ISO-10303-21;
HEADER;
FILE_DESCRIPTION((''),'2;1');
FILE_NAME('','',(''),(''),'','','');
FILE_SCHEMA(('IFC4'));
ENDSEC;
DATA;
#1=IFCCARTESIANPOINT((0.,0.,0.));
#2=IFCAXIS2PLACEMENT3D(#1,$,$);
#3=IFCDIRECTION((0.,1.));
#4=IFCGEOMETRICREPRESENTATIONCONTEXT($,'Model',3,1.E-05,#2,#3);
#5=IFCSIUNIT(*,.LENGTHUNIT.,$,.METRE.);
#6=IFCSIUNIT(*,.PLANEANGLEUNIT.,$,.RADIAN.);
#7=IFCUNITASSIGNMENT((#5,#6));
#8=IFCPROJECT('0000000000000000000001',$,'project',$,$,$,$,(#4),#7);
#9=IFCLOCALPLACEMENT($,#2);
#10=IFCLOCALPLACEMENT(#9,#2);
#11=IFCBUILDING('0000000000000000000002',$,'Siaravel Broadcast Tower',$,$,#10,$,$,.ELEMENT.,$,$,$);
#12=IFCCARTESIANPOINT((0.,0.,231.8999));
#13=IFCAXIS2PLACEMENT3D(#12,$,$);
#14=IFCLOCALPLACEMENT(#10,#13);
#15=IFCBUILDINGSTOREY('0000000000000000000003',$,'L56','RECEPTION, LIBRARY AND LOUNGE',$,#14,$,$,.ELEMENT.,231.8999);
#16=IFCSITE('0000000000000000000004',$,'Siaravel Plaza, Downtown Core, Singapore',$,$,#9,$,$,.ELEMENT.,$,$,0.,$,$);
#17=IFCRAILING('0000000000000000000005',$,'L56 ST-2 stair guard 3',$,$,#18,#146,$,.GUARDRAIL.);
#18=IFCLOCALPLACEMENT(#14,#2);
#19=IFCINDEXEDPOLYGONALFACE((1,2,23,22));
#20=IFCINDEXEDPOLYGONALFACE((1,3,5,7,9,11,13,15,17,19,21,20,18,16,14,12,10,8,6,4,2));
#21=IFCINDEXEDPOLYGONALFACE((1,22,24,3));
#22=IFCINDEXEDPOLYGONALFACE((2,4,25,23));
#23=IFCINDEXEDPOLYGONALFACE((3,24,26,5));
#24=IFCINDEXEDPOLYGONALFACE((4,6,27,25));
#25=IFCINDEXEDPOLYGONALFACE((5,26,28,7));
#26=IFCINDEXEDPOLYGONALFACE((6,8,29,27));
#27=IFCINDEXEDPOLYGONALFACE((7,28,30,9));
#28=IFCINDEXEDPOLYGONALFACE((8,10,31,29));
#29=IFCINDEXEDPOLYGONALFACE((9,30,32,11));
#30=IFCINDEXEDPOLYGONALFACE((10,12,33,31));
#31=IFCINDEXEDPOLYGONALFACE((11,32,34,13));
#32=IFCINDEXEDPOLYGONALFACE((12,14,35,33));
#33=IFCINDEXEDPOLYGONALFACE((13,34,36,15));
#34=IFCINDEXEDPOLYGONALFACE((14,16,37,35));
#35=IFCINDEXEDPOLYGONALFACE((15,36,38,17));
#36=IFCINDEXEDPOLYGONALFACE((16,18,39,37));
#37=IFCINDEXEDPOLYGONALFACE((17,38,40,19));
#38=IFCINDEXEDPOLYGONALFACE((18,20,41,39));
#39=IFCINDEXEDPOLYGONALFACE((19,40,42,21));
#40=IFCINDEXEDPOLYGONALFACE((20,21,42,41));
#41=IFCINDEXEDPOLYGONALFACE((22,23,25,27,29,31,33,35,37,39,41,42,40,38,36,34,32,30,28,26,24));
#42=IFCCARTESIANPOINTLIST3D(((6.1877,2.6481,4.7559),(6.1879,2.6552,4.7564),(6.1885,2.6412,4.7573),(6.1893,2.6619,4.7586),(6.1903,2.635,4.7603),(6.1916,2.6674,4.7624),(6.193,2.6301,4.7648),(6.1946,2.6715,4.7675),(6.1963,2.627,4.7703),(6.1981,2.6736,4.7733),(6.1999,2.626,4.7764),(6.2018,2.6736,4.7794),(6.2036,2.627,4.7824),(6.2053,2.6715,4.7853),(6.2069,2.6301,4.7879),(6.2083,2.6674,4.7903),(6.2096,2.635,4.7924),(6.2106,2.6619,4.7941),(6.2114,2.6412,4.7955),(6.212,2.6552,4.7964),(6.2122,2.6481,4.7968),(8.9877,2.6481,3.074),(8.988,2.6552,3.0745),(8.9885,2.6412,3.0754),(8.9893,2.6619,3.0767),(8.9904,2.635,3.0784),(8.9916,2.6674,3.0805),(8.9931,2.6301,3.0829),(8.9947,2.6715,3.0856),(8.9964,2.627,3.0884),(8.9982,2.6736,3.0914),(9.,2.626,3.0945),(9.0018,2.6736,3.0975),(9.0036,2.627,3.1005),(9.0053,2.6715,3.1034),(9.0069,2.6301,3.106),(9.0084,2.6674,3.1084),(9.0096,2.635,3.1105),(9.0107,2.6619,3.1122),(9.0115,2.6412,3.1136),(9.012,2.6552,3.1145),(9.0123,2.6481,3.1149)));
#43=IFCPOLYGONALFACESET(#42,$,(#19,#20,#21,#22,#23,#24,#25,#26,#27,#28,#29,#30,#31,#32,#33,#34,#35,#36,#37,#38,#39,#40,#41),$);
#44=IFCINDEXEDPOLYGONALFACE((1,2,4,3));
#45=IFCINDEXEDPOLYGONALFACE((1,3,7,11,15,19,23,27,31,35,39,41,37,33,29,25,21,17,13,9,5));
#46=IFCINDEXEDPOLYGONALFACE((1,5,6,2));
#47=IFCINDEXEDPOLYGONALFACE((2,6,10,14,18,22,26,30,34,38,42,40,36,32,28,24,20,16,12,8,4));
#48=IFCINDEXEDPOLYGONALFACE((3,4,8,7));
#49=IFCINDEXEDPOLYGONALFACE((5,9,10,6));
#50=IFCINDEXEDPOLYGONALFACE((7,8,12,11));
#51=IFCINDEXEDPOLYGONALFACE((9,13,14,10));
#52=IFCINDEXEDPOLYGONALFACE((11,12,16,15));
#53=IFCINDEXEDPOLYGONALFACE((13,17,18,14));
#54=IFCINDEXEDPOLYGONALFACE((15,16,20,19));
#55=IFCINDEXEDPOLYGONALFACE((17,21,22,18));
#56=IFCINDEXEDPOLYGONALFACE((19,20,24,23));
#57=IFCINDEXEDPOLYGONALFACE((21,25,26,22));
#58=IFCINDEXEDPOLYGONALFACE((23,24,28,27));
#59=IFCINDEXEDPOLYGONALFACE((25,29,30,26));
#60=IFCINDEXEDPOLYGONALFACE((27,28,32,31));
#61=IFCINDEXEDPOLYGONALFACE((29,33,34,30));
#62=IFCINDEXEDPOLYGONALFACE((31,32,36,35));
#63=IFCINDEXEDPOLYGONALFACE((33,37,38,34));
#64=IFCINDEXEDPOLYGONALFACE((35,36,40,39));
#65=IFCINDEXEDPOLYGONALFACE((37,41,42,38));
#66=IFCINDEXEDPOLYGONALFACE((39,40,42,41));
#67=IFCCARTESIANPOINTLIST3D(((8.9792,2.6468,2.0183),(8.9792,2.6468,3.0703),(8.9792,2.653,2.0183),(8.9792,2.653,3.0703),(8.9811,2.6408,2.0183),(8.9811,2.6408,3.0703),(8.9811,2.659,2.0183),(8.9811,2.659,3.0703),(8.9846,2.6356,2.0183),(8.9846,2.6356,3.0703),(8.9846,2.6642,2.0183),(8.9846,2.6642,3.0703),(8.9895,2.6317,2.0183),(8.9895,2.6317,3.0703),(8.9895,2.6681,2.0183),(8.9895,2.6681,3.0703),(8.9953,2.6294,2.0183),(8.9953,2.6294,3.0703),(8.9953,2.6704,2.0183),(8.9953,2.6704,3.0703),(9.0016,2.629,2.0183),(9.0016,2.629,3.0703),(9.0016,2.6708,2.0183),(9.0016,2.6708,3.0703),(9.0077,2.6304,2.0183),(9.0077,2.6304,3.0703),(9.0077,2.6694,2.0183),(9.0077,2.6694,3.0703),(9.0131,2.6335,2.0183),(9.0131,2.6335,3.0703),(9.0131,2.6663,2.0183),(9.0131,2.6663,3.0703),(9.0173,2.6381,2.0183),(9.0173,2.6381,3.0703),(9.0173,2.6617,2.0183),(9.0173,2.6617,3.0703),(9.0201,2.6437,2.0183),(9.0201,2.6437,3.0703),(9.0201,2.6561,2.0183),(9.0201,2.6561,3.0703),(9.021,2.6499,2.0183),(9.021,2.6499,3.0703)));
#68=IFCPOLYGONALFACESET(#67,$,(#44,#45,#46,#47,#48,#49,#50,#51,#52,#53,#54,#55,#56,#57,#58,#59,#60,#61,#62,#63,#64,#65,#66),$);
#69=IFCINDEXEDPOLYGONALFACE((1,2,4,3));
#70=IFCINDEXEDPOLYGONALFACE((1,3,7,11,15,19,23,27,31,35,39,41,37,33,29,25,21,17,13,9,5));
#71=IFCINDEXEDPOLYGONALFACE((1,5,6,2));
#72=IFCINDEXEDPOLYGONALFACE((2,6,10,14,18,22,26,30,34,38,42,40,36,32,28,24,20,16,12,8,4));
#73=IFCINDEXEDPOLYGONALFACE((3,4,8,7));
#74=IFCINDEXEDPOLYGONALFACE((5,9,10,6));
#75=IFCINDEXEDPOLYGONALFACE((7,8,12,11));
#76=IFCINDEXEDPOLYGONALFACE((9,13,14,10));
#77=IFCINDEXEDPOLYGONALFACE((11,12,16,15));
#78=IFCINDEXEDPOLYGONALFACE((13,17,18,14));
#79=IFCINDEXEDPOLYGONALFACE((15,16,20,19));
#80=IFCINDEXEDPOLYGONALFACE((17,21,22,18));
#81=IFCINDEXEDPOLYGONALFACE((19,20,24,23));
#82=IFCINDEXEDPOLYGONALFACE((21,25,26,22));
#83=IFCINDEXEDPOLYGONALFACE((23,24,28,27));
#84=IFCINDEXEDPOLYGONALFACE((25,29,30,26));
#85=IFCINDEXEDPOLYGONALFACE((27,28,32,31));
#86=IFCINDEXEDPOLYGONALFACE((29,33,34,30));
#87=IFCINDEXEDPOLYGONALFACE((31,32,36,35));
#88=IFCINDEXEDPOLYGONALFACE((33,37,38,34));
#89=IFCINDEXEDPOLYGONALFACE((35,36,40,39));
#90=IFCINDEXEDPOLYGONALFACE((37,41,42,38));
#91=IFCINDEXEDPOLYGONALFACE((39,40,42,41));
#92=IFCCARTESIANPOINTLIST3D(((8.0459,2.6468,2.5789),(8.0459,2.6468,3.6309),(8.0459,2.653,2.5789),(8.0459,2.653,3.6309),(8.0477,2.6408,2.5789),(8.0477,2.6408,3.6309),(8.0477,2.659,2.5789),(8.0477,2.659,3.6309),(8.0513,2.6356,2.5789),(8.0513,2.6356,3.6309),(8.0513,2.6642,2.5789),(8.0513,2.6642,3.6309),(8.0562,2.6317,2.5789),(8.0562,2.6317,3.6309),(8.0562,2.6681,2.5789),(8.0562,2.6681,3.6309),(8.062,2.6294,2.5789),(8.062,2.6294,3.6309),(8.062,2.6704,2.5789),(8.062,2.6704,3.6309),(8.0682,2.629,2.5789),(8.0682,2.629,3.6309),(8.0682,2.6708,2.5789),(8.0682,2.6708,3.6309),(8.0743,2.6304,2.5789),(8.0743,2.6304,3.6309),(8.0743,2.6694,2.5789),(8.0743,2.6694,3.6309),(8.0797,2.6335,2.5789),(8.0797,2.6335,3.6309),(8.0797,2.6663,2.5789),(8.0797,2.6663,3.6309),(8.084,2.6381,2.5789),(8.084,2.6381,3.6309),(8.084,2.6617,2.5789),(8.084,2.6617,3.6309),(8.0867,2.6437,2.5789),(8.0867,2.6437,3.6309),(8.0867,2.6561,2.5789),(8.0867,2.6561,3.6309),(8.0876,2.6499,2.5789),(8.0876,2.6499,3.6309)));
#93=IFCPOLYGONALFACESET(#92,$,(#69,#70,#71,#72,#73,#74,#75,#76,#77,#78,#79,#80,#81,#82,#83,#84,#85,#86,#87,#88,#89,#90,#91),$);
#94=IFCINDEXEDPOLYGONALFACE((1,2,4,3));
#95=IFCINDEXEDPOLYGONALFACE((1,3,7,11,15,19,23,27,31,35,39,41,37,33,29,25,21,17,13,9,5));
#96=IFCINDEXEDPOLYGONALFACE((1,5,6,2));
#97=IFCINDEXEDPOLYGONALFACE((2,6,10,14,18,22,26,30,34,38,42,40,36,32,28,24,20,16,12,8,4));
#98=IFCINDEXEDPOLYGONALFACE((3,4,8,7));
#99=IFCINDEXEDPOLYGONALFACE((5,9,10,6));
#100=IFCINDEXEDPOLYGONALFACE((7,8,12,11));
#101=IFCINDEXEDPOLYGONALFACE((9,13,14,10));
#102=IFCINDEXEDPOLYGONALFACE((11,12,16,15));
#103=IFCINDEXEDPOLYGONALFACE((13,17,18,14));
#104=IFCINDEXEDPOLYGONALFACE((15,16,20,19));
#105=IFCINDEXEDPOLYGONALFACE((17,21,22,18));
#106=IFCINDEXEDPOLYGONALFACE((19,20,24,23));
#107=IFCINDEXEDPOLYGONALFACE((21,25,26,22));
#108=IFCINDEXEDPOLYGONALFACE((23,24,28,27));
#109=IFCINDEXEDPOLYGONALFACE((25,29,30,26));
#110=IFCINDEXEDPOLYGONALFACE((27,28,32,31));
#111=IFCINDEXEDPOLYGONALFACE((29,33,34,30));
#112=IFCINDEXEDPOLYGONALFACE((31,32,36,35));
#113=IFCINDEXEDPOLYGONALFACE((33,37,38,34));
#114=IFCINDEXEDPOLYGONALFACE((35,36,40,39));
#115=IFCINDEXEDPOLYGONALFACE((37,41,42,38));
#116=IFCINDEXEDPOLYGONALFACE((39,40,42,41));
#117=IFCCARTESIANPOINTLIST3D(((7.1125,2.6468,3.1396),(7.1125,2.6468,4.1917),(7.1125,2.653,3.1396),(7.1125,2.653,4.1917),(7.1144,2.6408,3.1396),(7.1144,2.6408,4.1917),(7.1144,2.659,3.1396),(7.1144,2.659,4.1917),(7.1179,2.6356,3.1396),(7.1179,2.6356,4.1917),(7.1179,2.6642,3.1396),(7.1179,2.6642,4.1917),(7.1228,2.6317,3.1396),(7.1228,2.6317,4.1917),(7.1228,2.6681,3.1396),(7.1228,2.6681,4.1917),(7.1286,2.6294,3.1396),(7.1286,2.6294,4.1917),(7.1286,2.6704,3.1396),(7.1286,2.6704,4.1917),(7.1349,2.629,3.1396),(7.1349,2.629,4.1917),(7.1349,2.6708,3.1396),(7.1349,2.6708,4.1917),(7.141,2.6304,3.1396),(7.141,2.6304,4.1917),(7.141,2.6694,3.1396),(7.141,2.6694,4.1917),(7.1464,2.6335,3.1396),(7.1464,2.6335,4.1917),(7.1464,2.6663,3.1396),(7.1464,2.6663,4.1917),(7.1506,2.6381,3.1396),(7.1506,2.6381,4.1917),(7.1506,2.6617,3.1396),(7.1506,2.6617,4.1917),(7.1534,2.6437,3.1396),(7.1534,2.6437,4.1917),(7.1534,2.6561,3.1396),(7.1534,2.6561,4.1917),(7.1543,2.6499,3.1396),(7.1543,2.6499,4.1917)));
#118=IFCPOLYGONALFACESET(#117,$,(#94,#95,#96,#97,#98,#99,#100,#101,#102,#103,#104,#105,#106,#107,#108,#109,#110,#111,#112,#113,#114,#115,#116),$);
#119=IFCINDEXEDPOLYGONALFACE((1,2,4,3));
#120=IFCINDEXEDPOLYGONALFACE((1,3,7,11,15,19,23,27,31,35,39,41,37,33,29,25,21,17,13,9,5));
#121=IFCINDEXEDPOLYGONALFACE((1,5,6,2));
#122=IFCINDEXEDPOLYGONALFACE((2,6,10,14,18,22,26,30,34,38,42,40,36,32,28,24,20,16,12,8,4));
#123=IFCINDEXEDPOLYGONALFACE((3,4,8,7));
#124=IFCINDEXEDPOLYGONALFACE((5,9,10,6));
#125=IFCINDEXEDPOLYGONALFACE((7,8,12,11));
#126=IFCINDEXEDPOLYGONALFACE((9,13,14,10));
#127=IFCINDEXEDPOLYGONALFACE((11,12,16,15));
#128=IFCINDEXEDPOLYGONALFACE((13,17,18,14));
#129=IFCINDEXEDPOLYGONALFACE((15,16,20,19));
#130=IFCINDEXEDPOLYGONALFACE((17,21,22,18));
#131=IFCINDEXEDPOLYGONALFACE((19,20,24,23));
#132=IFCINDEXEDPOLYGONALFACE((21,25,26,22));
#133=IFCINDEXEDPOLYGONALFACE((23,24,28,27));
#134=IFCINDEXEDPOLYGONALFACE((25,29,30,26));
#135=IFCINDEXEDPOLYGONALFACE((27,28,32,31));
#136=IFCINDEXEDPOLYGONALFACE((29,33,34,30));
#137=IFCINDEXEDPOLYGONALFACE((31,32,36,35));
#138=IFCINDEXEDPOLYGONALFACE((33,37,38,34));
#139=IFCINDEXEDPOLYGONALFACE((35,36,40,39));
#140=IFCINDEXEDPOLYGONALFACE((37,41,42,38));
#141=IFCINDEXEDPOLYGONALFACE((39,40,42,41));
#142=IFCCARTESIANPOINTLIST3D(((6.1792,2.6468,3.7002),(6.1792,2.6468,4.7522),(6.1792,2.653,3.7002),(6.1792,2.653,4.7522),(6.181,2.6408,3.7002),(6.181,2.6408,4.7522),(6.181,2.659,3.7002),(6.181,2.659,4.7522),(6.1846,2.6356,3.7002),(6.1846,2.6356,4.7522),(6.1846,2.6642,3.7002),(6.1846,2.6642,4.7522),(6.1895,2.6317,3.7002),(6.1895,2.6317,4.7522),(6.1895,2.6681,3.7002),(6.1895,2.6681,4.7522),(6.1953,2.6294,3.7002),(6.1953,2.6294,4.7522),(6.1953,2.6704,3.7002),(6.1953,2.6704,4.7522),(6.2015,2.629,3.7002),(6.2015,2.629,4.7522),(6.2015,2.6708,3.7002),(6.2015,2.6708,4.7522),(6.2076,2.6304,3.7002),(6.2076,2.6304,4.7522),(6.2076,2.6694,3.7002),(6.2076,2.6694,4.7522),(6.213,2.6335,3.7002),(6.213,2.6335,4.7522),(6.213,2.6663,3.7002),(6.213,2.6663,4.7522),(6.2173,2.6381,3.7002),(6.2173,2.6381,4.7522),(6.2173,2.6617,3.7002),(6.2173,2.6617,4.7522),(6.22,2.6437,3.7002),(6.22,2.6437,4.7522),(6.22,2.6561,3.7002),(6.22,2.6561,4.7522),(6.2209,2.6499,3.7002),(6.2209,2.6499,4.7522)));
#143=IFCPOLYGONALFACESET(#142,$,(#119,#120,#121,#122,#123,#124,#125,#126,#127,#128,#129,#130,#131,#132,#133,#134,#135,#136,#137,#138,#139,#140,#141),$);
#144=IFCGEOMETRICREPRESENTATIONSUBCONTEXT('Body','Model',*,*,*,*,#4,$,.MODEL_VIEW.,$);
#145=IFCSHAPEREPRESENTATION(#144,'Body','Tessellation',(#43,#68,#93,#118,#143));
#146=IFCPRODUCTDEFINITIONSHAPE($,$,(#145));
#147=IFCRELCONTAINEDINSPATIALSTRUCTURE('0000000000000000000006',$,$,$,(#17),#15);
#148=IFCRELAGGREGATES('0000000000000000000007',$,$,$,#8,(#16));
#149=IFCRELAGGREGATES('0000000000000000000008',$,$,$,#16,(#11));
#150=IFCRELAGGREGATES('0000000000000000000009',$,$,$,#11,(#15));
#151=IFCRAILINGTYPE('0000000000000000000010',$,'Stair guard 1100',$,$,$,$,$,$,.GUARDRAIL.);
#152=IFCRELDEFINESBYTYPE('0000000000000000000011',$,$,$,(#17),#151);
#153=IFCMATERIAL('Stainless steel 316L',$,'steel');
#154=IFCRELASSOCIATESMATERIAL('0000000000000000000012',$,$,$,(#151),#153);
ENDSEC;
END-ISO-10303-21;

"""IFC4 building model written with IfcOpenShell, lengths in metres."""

from ifc_helpers import new_model, si_unit, direction, frame, origin, origin_2d, place, context, subcontext, project, spatial, circle, extrude, material, type_object, element, save


model = new_model("IFC4")

# Units and contexts
model_context = context("Model", 3, precision=1e-05, world=origin(), true_north=direction((0.0, 1.0)))
body_context = subcontext(model_context, "Body", "Model", "MODEL_VIEW")
ifc_project = project(units=[si_unit("LENGTHUNIT", "METRE"), si_unit("PLANEANGLEUNIT", "RADIAN")], contexts=[model_context])

# Site, building, storey
site_placement = place(None, origin())
site = spatial("IfcSite", under=ifc_project, at=site_placement, Name="Siaravel Plaza, Downtown Core, Singapore", CompositionType="ELEMENT", RefElevation=0.0)
building_placement = place(site_placement, origin())
building = spatial("IfcBuilding", under=site, at=building_placement, Name="Siaravel Broadcast Tower", CompositionType="ELEMENT")
storey_placement = place(building_placement, frame((0.0, 0.0, 231.8999)))
storey = spatial("IfcBuildingStorey", under=building, at=storey_placement, Name="L56", Description="RECEPTION, LIBRARY AND LOUNGE", CompositionType="ELEMENT", Elevation=231.8999)

# Railing
ifc_material_1 = material(Name="Stainless steel 316L", Category="steel")
railing_type_1 = type_object("IfcRailingType", Name="Stair guard 1100", PredefinedType="GUARDRAIL", material=ifc_material_1)
railing_1_placement = place(storey_placement, frame((9.0, 2.6499, 2.0183)))
element("IfcRailing", 1, at=railing_1_placement, inside=storey, type_object=railing_type_1, Name="L56 ST-2 stair guard 3", PredefinedType="GUARDRAIL", context=body_context, shape_type="SweptSolid", body=[
    extrude(circle(Radius=0.0239, at=origin_2d()), frame((0.0, 0.0, 1.0762), z_axis=(-0.857242, 0.0, 0.514913), x_axis=(0.0, -1.0, 0.0)), (0.0, 0.0, 1.0), 3.2664),
    extrude(circle(Radius=0.021, at=origin_2d()), origin(), (0.0, 0.0, 1.0), 1.052),
    extrude(circle(Radius=0.021, at=origin_2d()), frame((-0.9333, 0.0, 0.5605)), (0.0, 0.0, 1.0), 1.052),
    extrude(circle(Radius=0.021, at=origin_2d()), frame((-1.8667, 0.0, 1.1213)), (0.0, 0.0, 1.0), 1.052),
    extrude(circle(Radius=0.021, at=origin_2d()), frame((-2.8, 0.0, 1.6819)), (0.0, 0.0, 1.0), 1.052),
])

save(model, "model.ifc")
